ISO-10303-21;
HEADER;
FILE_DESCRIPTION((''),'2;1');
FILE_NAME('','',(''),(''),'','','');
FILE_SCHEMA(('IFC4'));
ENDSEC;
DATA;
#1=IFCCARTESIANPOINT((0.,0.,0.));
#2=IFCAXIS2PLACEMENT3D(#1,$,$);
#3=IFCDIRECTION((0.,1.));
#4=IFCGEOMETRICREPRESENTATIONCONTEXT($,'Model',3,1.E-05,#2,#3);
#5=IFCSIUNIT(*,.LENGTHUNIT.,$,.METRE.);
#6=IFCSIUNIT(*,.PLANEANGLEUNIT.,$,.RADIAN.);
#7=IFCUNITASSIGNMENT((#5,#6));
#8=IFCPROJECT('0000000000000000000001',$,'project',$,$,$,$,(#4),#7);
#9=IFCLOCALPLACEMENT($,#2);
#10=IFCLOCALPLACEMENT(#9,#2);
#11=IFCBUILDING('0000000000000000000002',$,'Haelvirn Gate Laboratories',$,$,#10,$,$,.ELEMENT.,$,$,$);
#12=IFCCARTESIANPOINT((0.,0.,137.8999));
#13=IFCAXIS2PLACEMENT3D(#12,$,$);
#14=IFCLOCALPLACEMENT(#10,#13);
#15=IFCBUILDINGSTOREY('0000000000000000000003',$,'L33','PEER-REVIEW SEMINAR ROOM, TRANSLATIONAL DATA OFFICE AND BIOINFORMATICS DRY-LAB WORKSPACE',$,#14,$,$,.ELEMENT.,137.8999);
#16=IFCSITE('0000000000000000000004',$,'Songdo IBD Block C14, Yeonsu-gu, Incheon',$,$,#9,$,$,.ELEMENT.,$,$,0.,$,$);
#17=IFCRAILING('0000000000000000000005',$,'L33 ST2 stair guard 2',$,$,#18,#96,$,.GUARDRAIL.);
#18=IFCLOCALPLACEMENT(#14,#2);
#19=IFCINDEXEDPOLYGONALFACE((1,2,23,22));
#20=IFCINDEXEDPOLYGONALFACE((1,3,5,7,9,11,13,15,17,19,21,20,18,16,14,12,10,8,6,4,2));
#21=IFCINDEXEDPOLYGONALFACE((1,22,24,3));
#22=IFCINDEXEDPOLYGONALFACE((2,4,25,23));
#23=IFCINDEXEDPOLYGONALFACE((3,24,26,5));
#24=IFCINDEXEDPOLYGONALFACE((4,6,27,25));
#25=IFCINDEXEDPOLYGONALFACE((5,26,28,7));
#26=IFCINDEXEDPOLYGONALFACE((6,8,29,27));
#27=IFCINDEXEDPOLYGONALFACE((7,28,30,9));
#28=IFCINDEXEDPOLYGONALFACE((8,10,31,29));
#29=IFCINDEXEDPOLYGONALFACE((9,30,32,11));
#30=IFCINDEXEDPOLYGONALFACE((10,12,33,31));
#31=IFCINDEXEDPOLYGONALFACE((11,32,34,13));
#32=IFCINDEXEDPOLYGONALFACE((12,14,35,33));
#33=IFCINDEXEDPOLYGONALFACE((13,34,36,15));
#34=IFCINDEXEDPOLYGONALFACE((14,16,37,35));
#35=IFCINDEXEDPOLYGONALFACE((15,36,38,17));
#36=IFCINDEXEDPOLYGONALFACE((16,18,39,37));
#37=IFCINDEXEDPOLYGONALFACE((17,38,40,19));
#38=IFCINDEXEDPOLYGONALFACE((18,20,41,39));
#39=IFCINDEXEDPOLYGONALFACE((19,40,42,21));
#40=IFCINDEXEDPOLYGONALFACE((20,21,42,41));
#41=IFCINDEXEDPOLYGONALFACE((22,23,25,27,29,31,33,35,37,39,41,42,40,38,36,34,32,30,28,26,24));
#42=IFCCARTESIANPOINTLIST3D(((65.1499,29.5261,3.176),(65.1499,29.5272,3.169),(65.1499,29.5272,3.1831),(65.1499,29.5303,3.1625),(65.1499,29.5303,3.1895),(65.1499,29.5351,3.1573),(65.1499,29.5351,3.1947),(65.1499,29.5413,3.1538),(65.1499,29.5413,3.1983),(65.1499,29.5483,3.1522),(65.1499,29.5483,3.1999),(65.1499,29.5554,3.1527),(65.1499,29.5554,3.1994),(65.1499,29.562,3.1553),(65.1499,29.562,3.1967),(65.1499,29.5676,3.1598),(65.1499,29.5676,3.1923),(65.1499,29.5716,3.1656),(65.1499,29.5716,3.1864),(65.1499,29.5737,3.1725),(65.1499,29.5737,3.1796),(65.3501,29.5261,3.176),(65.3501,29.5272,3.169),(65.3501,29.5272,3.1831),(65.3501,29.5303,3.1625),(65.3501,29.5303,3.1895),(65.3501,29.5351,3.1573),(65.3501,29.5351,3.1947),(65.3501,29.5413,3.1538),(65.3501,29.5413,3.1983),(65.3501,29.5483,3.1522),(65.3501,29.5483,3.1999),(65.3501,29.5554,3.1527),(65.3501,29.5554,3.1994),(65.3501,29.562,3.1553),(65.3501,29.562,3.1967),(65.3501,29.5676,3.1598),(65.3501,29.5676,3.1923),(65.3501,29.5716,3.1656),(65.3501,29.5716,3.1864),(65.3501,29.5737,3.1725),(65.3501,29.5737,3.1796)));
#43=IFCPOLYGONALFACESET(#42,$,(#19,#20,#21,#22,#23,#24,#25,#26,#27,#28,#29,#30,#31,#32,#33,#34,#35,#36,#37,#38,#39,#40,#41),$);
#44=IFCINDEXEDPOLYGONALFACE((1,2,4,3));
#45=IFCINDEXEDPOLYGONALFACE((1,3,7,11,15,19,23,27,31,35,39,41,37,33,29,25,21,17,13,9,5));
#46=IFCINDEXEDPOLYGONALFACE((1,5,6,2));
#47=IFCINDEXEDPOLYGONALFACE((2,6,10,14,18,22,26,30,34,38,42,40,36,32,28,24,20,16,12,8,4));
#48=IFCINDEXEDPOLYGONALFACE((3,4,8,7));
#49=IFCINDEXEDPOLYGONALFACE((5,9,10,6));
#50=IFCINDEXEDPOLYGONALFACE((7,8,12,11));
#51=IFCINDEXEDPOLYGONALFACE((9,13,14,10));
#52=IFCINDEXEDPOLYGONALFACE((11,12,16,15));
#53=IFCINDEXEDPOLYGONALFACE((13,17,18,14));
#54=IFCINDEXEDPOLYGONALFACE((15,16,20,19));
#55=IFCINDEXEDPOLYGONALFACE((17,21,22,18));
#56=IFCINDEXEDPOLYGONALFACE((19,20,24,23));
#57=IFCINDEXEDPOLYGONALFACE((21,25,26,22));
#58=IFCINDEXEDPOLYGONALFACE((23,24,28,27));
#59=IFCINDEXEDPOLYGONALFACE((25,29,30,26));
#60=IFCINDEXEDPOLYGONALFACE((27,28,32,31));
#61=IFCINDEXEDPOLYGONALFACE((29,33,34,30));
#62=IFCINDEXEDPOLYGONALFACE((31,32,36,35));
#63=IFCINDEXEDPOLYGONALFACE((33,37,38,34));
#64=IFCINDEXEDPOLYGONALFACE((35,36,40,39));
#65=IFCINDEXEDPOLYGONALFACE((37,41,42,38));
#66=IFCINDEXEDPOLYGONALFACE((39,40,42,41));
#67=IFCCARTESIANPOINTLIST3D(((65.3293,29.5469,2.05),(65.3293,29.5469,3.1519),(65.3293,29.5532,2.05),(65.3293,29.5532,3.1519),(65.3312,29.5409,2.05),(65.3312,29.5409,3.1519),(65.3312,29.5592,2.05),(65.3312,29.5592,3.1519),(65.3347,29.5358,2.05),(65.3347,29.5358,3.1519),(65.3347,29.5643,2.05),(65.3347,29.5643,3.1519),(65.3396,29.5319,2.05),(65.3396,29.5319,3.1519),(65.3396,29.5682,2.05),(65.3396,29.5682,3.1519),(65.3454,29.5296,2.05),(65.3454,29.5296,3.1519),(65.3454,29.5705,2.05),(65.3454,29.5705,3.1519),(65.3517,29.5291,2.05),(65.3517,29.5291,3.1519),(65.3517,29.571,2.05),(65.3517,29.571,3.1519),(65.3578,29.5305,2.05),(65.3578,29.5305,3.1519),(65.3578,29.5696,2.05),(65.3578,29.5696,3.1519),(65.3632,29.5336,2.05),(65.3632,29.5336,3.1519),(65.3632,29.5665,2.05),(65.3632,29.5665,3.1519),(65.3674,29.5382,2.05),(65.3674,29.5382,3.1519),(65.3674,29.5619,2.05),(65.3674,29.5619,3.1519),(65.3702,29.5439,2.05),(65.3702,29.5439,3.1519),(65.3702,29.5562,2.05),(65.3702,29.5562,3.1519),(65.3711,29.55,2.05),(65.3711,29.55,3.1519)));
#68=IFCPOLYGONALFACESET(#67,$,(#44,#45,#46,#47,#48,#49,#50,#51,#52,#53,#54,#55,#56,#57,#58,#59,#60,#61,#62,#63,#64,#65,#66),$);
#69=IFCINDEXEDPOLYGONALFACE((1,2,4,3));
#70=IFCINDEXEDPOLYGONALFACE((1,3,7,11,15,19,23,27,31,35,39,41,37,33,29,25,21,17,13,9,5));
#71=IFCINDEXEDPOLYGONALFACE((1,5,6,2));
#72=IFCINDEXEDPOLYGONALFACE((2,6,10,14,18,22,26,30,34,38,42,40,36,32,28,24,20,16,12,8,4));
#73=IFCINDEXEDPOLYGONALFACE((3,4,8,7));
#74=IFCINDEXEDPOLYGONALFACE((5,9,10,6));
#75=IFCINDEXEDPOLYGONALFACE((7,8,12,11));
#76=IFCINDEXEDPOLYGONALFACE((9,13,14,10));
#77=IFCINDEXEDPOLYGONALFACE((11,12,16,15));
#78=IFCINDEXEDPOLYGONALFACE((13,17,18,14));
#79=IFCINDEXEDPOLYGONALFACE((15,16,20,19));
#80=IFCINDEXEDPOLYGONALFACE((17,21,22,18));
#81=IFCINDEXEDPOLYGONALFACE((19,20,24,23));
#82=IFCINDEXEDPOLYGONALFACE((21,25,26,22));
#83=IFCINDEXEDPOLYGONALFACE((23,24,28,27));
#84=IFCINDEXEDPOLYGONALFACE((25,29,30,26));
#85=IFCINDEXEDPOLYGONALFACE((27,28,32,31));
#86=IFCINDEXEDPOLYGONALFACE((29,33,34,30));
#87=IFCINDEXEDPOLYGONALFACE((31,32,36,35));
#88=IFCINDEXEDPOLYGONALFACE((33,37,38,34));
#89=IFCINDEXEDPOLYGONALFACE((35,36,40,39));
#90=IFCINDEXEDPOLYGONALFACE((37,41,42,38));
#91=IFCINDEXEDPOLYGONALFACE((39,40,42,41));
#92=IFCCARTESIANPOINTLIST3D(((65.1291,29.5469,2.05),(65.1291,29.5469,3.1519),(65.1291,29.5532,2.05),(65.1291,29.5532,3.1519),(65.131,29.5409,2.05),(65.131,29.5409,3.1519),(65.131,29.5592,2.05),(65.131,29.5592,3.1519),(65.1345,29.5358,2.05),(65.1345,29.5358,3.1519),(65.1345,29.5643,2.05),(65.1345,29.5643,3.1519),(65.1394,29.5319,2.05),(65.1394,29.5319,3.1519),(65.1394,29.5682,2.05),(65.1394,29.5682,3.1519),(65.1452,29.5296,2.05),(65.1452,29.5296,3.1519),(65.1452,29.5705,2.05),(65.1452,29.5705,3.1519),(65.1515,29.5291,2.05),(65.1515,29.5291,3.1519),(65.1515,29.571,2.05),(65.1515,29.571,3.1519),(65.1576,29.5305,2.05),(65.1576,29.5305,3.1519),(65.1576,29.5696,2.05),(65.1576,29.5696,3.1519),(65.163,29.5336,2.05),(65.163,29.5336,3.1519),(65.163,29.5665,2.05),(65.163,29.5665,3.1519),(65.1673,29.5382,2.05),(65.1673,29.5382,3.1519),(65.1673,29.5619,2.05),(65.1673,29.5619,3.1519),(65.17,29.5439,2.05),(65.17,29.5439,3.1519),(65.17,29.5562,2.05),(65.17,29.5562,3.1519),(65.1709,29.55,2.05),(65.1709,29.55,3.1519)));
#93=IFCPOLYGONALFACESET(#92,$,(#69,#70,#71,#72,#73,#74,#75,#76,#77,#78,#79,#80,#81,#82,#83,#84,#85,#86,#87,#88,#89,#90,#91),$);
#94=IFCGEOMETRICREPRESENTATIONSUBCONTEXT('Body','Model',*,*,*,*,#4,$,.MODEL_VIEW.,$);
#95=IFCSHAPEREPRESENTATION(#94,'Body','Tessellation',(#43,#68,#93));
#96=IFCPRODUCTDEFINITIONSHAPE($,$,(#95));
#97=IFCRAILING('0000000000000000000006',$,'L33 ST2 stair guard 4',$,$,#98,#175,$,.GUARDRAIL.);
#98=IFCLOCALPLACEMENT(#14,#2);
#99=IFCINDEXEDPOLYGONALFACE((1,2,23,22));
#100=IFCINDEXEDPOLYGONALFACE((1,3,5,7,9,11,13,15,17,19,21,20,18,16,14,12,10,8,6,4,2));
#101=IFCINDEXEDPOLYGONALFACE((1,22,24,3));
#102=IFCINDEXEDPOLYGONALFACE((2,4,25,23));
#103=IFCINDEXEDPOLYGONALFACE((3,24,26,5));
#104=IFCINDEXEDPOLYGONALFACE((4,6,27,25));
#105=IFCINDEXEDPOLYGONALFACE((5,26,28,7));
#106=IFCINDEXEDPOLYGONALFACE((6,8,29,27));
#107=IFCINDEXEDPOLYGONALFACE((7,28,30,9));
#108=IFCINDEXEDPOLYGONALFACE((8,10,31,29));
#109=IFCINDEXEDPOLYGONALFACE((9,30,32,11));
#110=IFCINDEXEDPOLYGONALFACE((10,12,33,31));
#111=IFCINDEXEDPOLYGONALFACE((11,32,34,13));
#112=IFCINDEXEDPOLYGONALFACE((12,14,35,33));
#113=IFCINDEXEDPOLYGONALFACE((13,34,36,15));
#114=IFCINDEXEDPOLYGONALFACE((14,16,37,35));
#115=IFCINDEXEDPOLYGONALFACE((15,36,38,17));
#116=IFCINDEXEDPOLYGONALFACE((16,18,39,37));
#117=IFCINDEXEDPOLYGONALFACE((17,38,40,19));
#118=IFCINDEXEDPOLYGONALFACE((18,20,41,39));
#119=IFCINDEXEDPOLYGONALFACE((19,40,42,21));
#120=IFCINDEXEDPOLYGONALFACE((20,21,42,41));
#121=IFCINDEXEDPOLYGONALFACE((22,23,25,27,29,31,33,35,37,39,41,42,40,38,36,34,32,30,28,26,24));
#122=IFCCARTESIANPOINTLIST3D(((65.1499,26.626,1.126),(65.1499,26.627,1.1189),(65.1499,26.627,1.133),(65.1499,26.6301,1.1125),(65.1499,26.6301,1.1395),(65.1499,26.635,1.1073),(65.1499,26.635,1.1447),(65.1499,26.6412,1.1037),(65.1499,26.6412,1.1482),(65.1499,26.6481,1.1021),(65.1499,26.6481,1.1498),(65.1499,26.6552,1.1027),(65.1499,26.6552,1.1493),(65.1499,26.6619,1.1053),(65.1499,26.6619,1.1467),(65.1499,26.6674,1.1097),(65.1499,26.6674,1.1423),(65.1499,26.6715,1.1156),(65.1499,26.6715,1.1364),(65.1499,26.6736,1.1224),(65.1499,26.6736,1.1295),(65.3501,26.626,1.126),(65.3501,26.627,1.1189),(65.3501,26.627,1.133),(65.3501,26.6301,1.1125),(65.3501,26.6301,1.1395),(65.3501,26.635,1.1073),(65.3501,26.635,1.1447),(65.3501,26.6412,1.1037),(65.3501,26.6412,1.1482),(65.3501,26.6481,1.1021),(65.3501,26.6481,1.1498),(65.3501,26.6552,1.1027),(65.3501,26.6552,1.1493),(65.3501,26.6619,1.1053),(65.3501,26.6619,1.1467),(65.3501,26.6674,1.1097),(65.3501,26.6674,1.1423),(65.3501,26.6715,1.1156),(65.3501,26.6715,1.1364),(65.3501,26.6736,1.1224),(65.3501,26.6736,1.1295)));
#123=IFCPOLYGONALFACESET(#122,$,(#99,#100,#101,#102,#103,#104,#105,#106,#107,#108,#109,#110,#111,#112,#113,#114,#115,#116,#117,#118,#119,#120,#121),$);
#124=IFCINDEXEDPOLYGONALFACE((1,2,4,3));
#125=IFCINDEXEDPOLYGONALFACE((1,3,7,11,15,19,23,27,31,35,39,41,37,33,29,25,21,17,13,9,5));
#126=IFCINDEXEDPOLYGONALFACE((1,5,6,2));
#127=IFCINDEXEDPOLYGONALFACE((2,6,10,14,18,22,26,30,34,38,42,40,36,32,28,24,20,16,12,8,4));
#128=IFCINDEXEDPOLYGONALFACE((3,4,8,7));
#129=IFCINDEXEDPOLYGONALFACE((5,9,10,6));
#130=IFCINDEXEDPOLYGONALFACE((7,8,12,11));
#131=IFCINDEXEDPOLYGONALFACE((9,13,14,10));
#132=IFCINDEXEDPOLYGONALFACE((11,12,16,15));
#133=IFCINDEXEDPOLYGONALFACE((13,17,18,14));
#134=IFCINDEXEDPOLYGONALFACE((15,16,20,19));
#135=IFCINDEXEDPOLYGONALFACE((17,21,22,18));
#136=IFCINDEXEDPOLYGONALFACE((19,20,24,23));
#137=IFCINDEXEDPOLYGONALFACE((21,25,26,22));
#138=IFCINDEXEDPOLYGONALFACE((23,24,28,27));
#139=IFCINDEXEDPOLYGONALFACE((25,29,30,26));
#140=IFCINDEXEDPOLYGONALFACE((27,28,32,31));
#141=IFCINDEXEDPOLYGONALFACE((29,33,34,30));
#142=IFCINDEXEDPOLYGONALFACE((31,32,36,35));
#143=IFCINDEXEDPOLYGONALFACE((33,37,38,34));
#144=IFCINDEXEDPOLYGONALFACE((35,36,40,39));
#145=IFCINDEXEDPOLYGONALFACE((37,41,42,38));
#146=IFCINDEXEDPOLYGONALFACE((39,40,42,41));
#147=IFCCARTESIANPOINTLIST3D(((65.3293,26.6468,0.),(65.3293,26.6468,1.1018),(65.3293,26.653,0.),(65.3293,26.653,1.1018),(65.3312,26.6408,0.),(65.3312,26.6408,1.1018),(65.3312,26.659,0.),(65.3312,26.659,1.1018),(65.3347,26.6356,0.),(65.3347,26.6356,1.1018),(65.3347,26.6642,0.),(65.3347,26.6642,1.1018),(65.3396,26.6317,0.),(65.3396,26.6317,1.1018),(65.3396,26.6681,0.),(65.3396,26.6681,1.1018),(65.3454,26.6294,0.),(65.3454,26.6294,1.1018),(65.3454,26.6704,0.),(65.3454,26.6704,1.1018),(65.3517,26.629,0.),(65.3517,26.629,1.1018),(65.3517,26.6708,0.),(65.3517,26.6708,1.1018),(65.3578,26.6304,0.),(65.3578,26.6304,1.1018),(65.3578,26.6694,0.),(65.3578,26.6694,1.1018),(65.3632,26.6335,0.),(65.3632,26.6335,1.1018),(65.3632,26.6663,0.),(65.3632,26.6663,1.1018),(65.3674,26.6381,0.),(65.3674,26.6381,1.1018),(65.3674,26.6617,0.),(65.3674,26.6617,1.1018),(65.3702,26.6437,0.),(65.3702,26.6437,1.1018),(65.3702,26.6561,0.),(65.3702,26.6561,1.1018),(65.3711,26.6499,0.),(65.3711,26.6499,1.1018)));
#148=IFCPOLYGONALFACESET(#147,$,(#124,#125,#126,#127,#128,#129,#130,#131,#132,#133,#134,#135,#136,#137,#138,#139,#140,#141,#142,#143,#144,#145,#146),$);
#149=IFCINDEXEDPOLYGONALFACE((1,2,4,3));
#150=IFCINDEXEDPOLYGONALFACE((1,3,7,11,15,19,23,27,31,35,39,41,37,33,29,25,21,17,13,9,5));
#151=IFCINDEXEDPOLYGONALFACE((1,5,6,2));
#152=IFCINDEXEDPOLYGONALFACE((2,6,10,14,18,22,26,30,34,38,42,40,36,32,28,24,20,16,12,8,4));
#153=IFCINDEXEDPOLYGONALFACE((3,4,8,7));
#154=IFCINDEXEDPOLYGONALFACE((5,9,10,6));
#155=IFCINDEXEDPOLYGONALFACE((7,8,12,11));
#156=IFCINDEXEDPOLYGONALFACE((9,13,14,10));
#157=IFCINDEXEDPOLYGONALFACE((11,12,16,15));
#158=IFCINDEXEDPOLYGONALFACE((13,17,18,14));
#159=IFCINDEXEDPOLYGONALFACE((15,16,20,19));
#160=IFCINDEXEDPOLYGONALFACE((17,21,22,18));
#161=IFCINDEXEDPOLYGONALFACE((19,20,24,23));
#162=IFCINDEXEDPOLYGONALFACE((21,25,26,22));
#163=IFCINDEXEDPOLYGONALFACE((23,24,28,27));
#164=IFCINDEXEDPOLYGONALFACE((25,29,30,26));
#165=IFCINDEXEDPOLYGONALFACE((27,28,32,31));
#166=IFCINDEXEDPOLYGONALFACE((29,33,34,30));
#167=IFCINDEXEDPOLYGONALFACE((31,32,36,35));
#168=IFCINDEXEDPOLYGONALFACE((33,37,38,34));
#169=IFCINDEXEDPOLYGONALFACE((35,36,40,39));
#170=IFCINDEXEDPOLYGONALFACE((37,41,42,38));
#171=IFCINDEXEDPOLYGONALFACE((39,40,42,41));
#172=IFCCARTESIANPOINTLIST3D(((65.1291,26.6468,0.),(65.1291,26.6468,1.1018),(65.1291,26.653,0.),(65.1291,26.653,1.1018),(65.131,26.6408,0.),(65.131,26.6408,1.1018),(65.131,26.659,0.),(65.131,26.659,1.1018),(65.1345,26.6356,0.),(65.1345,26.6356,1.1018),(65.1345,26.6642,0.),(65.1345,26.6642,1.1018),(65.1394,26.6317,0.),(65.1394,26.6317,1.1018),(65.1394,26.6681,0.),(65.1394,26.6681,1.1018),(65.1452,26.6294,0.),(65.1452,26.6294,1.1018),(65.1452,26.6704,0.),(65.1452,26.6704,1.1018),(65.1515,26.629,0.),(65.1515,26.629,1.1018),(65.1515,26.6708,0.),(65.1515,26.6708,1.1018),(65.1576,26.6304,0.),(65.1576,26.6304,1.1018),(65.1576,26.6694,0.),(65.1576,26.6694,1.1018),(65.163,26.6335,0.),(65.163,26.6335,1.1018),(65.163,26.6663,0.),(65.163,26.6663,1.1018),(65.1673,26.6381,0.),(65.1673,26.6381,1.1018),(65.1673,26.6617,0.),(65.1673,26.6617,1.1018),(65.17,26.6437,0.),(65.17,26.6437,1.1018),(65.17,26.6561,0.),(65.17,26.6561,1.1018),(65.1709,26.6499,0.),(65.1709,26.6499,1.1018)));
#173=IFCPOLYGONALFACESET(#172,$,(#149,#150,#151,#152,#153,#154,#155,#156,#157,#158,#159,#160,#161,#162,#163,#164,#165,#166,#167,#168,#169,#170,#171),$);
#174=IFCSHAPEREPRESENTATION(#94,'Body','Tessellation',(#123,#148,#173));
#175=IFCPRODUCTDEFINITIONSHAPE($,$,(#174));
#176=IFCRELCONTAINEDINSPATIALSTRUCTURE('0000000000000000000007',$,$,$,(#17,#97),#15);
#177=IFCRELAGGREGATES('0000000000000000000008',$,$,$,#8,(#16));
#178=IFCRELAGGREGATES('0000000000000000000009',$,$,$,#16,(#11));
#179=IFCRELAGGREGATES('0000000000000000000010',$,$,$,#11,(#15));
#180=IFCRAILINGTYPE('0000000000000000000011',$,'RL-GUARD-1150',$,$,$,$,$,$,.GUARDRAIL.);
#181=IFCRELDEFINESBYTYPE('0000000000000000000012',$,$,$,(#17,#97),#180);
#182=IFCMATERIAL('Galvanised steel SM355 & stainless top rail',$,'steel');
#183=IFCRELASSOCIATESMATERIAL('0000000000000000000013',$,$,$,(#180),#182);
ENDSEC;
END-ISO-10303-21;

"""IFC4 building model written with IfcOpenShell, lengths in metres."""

from ifc_helpers import new_model, si_unit, direction, frame, origin, origin_2d, place, context, subcontext, project, spatial, circle, extrude, source, transform, mapped, material, type_object, element, save


model = new_model("IFC4")

# Units and contexts
model_context = context("Model", 3, precision=1e-05, world=origin(), true_north=direction((0.0, 1.0)))
body_context = subcontext(model_context, "Body", "Model", "MODEL_VIEW")
ifc_project = project(units=[si_unit("LENGTHUNIT", "METRE"), si_unit("PLANEANGLEUNIT", "RADIAN")], contexts=[model_context])

# Site, building, storey
site_placement = place(None, origin())
site = spatial("IfcSite", under=ifc_project, at=site_placement, Name="Songdo IBD Block C14, Yeonsu-gu, Incheon", CompositionType="ELEMENT", RefElevation=0.0)
building_placement = place(site_placement, origin())
building = spatial("IfcBuilding", under=site, at=building_placement, Name="Haelvirn Gate Laboratories", CompositionType="ELEMENT")
storey_placement = place(building_placement, frame((0.0, 0.0, 137.8999)))
storey = spatial("IfcBuildingStorey", under=building, at=storey_placement, Name="L33", Description="PEER-REVIEW SEMINAR ROOM, TRANSLATIONAL DATA OFFICE AND BIOINFORMATICS DRY-LAB WORKSPACE", CompositionType="ELEMENT", Elevation=137.8999)

# Railings
ifc_material_1 = material(Name="Galvanised steel SM355 & stainless top rail", Category="steel")
railing_type_1 = type_object("IfcRailingType", Name="RL-GUARD-1150", PredefinedType="GUARDRAIL", material=ifc_material_1)
shared_shape_1 = source(origin(), body_context, "Body", "SweptSolid", [
    extrude(circle(Radius=0.0239, at=origin_2d()), frame((0.0, 0.0, 1.126), z_axis=(-1.0, 0.0, 0.0), x_axis=(0.0, -1.0, 0.0)), (0.0, 0.0, 1.0), 0.2002),
    extrude(circle(Radius=0.021, at=origin_2d()), origin(), (0.0, 0.0, 1.0), 1.1018),
    extrude(circle(Radius=0.021, at=origin_2d()), frame((-0.2002, 0.0, 0.0)), (0.0, 0.0, 1.0), 1.1018),
])
for number, where, name in (
    (1, (65.3501, 29.55, 2.05), "L33 ST2 stair guard 2"),
    (2, (65.3501, 26.6499, 0.0), "L33 ST2 stair guard 4"),
):
    element("IfcRailing", number, at=place(storey_placement, frame(where)), inside=storey, type_object=railing_type_1, Name=name, PredefinedType="GUARDRAIL", context=body_context, shape_type="MappedRepresentation", body=[
        mapped(shared_shape_1, transform((0.0, 0.0, 0.0), scale=1.0)),
    ])

save(model, "model.ifc")
